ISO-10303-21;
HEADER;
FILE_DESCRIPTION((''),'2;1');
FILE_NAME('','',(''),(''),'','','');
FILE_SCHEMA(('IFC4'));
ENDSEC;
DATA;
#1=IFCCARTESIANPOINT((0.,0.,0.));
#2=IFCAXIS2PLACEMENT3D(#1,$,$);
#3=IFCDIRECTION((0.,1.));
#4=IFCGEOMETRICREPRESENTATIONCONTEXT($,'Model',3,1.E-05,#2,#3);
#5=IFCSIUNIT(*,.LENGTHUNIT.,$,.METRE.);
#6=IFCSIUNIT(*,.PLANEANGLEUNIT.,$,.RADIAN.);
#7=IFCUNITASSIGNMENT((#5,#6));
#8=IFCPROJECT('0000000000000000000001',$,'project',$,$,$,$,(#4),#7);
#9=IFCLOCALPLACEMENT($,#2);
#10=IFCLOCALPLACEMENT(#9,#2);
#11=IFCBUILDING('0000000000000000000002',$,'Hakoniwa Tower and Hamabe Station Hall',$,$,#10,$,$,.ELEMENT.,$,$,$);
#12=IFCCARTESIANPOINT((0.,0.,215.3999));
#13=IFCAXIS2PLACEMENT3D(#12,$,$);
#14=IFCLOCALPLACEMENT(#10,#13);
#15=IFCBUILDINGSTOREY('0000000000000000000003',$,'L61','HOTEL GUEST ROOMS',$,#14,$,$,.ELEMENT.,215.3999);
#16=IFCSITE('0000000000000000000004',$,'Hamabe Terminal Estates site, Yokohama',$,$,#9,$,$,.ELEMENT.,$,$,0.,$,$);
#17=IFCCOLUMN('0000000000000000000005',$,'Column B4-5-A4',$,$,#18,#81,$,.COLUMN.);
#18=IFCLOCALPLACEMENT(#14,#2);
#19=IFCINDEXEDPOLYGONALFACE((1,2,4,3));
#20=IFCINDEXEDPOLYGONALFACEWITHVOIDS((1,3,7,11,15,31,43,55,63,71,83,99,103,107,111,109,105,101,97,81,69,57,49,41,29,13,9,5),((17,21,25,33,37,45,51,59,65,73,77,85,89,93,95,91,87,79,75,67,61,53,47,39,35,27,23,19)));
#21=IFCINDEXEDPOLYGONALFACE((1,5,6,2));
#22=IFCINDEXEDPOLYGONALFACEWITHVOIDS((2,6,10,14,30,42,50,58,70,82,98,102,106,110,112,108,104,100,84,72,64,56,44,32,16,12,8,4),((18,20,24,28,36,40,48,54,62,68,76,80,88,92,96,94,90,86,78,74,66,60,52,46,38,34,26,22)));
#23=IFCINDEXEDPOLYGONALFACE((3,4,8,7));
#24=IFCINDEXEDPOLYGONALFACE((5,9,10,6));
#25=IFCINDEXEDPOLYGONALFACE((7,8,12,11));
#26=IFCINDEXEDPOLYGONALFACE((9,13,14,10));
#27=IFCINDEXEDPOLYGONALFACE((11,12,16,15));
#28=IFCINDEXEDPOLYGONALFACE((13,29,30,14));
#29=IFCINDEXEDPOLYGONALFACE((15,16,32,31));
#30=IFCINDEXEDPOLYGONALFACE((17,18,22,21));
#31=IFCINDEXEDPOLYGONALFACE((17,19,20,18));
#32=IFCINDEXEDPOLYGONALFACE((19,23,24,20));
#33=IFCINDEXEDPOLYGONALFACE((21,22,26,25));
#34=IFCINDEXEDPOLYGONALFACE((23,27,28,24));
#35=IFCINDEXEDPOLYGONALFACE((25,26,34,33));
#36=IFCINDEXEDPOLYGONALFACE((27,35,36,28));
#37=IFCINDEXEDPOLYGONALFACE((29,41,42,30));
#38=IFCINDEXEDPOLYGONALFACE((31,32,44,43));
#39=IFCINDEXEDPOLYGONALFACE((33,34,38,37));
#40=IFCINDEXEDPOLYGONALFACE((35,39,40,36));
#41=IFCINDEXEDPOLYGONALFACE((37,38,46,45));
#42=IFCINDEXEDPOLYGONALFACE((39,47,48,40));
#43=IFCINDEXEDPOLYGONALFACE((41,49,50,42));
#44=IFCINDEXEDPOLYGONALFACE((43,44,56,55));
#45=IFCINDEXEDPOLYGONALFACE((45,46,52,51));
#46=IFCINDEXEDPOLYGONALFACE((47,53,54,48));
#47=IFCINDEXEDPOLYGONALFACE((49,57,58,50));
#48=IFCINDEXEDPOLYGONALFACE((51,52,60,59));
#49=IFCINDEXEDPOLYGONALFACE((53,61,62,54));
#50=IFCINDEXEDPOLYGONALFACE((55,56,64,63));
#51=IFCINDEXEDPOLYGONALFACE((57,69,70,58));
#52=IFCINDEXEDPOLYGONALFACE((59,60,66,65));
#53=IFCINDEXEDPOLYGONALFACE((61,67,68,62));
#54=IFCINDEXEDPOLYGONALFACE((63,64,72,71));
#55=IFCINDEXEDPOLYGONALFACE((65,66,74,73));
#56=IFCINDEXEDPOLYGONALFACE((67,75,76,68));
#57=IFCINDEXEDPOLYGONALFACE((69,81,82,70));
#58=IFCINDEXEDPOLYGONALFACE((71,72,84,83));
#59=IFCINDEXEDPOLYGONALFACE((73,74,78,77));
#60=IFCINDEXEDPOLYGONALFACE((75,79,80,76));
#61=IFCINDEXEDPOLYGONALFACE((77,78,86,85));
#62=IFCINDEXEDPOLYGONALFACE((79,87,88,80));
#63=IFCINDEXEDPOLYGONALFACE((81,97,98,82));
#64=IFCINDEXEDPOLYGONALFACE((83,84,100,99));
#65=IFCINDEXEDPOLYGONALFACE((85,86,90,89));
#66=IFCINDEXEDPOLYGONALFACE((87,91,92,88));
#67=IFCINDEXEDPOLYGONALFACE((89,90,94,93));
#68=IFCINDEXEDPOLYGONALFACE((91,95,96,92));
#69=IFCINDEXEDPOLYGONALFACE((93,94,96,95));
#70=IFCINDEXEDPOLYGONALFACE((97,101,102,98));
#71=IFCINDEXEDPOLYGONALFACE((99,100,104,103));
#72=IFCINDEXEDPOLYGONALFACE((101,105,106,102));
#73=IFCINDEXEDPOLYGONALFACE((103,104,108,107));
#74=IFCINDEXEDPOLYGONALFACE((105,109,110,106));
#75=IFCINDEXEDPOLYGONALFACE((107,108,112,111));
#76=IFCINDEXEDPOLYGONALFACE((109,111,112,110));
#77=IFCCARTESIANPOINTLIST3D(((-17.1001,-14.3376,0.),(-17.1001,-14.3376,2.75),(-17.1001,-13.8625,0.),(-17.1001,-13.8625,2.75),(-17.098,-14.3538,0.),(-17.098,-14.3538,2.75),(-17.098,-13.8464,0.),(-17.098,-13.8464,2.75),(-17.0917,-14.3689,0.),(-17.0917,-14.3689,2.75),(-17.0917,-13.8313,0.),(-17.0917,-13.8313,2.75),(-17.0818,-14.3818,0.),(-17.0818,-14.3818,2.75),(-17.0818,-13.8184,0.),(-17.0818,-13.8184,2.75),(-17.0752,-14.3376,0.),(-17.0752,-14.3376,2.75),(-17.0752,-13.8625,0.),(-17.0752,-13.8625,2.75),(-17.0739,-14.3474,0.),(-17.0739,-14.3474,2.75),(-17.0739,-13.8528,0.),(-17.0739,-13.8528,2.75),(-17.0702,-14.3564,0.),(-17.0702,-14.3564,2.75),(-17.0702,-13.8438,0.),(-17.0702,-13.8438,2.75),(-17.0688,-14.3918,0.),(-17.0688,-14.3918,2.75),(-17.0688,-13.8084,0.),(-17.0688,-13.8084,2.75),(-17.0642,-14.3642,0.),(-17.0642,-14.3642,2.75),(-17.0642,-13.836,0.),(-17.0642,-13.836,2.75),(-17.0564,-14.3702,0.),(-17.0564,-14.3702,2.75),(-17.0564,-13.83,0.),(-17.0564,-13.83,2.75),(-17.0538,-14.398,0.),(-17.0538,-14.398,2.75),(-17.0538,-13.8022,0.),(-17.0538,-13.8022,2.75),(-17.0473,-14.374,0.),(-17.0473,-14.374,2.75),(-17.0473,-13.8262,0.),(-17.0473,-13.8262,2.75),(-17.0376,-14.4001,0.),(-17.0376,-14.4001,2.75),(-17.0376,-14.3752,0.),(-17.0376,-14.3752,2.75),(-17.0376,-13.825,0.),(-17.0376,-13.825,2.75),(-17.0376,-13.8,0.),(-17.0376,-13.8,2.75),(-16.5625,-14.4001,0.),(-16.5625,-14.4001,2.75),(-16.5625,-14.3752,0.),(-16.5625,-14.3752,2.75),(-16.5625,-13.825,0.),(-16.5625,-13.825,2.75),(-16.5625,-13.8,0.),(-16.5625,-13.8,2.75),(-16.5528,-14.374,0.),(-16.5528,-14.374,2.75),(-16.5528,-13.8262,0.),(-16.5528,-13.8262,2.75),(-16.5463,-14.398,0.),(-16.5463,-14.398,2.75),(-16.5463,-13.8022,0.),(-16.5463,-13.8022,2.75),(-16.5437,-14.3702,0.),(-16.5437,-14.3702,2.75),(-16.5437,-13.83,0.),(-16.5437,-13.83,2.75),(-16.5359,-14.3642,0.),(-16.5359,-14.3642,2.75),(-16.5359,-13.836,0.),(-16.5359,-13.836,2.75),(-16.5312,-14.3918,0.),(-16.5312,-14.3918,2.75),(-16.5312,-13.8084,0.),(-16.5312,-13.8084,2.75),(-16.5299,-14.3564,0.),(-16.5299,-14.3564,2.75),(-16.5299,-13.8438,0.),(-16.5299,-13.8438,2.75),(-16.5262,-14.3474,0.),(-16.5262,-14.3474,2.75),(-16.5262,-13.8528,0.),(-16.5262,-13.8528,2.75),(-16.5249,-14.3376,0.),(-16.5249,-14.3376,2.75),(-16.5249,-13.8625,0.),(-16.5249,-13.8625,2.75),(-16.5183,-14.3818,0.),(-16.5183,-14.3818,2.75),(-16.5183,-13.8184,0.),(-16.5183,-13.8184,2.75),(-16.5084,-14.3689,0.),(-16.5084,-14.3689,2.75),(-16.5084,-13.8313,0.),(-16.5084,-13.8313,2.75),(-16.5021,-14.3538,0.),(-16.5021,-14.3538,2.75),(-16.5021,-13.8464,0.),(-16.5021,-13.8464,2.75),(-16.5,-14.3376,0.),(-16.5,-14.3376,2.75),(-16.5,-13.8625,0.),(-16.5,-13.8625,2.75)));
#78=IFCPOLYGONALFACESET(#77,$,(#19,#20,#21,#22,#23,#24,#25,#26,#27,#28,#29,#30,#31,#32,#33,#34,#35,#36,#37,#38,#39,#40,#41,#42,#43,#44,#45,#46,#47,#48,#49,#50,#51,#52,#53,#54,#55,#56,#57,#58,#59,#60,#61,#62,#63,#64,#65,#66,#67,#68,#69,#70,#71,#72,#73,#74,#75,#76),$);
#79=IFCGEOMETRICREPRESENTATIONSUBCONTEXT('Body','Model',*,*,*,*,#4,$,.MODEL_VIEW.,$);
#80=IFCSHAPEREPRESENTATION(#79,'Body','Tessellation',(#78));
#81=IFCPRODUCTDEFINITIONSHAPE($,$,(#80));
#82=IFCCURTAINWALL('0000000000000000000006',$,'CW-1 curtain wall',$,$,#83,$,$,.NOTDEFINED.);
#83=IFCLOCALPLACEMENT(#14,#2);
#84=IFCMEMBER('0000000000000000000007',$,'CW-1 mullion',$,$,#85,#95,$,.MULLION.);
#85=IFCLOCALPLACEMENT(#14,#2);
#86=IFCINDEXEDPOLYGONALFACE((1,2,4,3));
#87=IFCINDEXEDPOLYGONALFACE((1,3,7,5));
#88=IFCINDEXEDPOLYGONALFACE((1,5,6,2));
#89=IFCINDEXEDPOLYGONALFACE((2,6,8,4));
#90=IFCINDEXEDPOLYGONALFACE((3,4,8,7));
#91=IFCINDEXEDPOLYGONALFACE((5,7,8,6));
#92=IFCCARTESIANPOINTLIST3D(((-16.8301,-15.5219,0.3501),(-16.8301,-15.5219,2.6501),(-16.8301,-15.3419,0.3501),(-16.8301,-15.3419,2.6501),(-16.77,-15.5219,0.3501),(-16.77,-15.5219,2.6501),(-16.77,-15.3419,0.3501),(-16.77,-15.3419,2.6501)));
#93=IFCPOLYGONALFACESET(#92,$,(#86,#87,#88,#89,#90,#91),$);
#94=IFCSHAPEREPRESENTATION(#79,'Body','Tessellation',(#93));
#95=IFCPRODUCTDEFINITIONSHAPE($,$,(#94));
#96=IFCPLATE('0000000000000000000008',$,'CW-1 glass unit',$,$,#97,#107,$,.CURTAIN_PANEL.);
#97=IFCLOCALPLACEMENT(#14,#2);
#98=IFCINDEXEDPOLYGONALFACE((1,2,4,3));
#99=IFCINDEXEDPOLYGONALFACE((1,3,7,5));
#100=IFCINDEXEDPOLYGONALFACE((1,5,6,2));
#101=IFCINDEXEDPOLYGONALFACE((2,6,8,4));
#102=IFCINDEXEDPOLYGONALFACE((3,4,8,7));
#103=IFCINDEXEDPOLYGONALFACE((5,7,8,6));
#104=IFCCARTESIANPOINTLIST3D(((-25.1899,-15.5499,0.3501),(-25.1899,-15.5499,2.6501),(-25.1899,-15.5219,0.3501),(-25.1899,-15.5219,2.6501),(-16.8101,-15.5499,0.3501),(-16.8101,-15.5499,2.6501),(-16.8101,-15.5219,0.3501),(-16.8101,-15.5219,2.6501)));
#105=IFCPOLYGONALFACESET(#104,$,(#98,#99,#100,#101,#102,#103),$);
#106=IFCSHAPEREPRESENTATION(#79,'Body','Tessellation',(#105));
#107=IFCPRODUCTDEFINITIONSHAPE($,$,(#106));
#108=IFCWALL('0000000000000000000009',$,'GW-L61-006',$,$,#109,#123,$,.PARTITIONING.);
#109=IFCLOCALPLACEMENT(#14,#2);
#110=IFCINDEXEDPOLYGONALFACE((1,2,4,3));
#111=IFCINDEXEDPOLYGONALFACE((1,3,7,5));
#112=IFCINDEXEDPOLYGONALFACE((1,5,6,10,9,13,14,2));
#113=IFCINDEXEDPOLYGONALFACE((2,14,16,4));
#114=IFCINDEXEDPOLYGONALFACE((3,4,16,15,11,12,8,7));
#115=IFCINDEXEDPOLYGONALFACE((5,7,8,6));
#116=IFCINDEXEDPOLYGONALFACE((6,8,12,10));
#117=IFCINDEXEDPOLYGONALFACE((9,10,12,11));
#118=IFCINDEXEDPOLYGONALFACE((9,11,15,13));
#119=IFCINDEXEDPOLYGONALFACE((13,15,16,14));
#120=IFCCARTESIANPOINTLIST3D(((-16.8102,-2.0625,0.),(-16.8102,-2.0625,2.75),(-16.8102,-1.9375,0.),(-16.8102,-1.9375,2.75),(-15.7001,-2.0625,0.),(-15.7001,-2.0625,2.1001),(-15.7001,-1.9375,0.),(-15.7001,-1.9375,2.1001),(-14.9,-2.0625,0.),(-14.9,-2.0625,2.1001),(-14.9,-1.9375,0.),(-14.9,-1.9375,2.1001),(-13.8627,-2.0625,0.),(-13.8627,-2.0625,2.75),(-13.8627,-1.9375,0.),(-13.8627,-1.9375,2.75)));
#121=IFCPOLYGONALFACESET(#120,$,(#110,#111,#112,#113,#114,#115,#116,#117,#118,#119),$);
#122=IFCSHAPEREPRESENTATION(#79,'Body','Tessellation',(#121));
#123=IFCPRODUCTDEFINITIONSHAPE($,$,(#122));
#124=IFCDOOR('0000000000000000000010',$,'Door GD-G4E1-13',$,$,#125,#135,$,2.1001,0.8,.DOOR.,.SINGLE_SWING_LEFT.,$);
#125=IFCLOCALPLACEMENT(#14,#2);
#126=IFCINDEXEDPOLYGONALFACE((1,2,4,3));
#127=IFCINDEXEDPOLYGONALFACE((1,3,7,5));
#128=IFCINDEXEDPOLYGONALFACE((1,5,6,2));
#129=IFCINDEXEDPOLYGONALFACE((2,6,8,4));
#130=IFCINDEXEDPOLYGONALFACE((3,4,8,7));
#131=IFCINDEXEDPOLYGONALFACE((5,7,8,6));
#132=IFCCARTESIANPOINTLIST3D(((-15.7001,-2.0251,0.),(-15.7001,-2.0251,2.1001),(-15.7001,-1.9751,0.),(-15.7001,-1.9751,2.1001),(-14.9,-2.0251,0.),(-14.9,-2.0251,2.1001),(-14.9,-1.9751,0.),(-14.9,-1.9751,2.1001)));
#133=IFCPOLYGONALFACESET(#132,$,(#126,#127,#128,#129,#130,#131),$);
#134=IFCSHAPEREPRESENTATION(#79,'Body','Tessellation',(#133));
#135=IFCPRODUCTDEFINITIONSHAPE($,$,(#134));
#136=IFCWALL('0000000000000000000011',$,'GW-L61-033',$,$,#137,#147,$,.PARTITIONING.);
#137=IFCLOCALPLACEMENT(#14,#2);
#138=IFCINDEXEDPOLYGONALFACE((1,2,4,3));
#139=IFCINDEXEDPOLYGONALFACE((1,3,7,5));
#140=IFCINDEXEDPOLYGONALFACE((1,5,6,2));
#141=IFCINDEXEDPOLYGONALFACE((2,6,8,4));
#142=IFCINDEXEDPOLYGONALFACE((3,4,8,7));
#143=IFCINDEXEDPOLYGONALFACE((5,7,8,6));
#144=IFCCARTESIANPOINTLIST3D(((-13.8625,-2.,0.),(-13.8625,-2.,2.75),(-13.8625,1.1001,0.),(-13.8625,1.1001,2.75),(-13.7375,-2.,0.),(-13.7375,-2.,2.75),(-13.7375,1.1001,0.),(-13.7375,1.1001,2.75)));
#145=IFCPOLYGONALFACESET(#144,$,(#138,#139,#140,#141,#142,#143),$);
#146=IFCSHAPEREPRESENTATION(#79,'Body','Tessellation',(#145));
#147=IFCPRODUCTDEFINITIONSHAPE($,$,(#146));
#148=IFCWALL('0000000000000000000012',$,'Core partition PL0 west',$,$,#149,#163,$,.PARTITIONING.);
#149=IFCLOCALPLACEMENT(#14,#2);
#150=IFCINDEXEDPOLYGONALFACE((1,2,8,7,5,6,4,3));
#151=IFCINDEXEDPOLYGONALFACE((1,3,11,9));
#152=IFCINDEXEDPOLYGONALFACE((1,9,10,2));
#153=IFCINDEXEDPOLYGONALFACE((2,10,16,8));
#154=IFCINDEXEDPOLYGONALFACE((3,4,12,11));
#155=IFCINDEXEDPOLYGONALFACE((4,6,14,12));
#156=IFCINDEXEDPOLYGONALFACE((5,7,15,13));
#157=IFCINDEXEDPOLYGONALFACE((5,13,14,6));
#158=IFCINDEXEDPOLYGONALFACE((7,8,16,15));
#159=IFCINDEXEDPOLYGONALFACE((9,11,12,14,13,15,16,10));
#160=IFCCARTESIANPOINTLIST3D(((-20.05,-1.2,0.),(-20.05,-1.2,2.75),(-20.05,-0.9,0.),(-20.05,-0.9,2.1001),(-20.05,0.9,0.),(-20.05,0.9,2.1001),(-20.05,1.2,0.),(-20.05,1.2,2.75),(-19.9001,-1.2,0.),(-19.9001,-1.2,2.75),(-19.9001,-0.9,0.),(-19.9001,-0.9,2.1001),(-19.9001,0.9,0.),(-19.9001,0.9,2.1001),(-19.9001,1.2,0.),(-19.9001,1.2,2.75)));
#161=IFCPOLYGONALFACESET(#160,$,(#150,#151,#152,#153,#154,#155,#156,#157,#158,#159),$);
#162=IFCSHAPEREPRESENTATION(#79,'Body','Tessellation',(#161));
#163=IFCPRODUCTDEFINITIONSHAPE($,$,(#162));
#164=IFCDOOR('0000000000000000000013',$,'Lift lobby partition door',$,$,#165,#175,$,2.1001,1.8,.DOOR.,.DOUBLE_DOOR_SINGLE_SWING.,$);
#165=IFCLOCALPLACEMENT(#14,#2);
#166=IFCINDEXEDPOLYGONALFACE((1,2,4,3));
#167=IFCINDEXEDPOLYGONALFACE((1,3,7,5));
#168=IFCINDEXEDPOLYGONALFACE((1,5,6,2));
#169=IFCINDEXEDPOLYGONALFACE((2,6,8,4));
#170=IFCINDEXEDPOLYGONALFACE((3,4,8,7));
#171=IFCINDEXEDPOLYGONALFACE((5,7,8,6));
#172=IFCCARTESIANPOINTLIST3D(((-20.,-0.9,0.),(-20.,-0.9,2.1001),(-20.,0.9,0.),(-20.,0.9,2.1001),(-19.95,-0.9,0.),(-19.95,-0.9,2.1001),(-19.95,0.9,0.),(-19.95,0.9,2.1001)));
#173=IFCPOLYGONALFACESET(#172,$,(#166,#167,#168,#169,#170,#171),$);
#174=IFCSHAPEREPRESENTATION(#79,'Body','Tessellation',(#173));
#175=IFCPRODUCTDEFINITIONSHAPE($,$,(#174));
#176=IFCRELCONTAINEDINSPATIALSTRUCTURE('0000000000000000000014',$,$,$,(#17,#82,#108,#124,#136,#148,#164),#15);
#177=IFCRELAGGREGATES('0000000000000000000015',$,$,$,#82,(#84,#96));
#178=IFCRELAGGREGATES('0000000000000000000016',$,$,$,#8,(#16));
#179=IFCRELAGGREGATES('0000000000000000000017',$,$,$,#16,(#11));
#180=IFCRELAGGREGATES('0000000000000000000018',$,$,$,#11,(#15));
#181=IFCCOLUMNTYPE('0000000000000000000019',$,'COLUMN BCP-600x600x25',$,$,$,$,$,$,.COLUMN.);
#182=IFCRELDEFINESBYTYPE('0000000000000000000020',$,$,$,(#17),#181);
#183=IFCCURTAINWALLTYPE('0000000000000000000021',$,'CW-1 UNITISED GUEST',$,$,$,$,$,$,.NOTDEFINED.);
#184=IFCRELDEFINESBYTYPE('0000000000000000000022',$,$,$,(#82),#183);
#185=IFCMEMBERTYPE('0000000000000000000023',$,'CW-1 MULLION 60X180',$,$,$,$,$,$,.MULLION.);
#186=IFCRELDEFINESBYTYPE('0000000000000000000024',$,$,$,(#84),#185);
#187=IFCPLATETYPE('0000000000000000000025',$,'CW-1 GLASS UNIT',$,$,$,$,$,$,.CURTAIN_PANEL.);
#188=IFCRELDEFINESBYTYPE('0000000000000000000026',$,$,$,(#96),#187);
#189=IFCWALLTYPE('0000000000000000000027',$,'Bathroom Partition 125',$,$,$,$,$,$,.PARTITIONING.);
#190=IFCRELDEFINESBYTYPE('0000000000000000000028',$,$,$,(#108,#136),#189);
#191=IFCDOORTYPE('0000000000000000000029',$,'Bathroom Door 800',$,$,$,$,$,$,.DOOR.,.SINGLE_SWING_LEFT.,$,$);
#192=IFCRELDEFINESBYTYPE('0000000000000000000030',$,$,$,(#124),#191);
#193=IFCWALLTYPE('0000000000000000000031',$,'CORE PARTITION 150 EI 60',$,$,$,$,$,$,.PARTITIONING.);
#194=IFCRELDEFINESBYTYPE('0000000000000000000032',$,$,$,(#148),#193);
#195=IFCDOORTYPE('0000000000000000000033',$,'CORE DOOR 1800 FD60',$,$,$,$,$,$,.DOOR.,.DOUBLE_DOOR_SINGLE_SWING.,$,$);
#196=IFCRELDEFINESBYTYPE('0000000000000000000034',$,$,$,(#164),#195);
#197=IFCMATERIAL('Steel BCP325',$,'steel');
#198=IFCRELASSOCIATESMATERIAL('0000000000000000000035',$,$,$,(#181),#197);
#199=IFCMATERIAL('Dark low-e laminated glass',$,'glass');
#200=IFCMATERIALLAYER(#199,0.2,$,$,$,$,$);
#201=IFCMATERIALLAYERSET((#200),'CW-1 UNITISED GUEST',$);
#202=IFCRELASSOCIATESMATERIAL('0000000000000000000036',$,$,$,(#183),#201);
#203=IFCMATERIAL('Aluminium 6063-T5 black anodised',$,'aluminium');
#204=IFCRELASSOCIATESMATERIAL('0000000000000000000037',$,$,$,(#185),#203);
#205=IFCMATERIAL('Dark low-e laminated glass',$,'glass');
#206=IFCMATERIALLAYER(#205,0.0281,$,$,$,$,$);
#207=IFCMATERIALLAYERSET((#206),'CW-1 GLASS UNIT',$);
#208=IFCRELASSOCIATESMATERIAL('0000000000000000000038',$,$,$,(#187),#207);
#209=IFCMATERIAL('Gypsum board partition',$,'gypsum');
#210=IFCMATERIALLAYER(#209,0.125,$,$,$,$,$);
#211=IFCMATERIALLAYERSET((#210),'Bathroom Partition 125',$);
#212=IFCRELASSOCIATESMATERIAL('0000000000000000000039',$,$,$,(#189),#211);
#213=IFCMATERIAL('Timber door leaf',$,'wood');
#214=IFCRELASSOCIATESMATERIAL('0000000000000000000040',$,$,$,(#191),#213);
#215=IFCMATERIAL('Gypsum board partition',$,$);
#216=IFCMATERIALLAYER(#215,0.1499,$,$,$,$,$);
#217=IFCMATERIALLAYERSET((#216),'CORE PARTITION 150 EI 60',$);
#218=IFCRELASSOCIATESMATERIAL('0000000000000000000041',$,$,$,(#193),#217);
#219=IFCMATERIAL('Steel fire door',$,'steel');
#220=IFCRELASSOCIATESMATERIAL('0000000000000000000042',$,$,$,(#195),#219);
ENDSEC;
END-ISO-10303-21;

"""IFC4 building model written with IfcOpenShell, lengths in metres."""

from ifc_helpers import new_model, si_unit, direction, frame, frame_2d, origin, origin_2d, place, context, subcontext, project, spatial, rectangle, hollow_rectangle, extrude, material, layer, layer_set, material_profile, profile_set, type_object, element, fill, aggregate, save


model = new_model("IFC4")

# Units and contexts
model_context = context("Model", 3, precision=1e-05, world=origin(), true_north=direction((0.0, 1.0)))
body_context = subcontext(model_context, "Body", "Model", "MODEL_VIEW")
ifc_project = project(units=[si_unit("LENGTHUNIT", "METRE"), si_unit("PLANEANGLEUNIT", "RADIAN")], contexts=[model_context])

# Site, building, storey
site_placement = place(None, origin())
site = spatial("IfcSite", under=ifc_project, at=site_placement, Name="Hamabe Terminal Estates site, Yokohama", CompositionType="ELEMENT", RefElevation=0.0)
building_placement = place(site_placement, origin())
building = spatial("IfcBuilding", under=site, at=building_placement, Name="Hakoniwa Tower and Hamabe Station Hall", CompositionType="ELEMENT")
storey_placement = place(building_placement, frame((0.0, 0.0, 215.3999)))
storey = spatial("IfcBuildingStorey", under=building, at=storey_placement, Name="L61", Description="HOTEL GUEST ROOMS", CompositionType="ELEMENT", Elevation=215.3999)

# Column
ifc_material_1 = material(Name="Steel BCP325", Category="steel")
ifc_material_profile_1 = material_profile(ifc_material_1, hollow_rectangle(XDim=0.6001, YDim=0.6001, WallThickness=0.0249, InnerFilletRadius=0.0376, OuterFilletRadius=0.0625, at=origin_2d()), Name="BCP-600x600x25")
ifc_profile_set_1 = profile_set([ifc_material_profile_1], Name="Steel BCP325")
column_type = type_object("IfcColumnType", Name="COLUMN BCP-600x600x25", PredefinedType="COLUMN", material=ifc_profile_set_1)
column_placement = place(storey_placement, frame((-16.8, -14.1001, 0.0), z_axis=(0.0, 0.0, 1.0), x_axis=(1.0, 0.0, 0.0)))
element("IfcColumn", 1, at=column_placement, inside=storey, type_object=column_type, Name="Column B4-5-A4", PredefinedType="COLUMN", context=body_context, shape_type="SweptSolid", body=[
    extrude(hollow_rectangle(XDim=0.6001, YDim=0.6001, WallThickness=0.0249, InnerFilletRadius=0.0376, OuterFilletRadius=0.0625, at=origin_2d()), origin(), (0.0, 0.0, 1.0), 2.75),
])

# Curtain wall, member, plate
ifc_material_2 = material(Name="Dark low-e laminated glass", Category="glass")
ifc_layer_1 = layer(ifc_material_2, 0.2)
ifc_layer_set_1 = layer_set([ifc_layer_1], Name="CW-1 UNITISED GUEST")
curtain_wall_type = type_object("IfcCurtainWallType", Name="CW-1 UNITISED GUEST", PredefinedType="NOTDEFINED", material=ifc_layer_set_1)
curtain_wall_placement = place(storey_placement, origin())
curtain_wall = element("IfcCurtainWall", 2, at=curtain_wall_placement, inside=storey, type_object=curtain_wall_type, Name="CW-1 curtain wall", PredefinedType="NOTDEFINED")
ifc_material_3 = material(Name="Aluminium 6063-T5 black anodised", Category="aluminium")
ifc_material_profile_2 = material_profile(ifc_material_3, rectangle(XDim=0.0601, YDim=0.1799, at=origin_2d()), Name="CW-1 MULLION 60X180")
ifc_profile_set_2 = profile_set([ifc_material_profile_2], Name="Aluminium 6063-T5 black anodised")
member_type = type_object("IfcMemberType", Name="CW-1 MULLION 60X180", PredefinedType="MULLION", material=ifc_profile_set_2)
member_placement = place(storey_placement, frame((-16.8, -15.4319, 0.3501), z_axis=(0.0, 0.0, 1.0), x_axis=(1.0, 0.0, 0.0)))
member = element("IfcMember", 3, at=member_placement, type_object=member_type, Name="CW-1 mullion", PredefinedType="MULLION", context=body_context, shape_type="SweptSolid", body=[
    extrude(rectangle(XDim=0.0601, YDim=0.1799, at=origin_2d()), origin(), (0.0, 0.0, 1.0), 2.3),
])
ifc_material_4 = material(Name="Dark low-e laminated glass", Category="glass")
ifc_layer_2 = layer(ifc_material_4, 0.0281)
ifc_layer_set_2 = layer_set([ifc_layer_2], Name="CW-1 GLASS UNIT")
plate_type = type_object("IfcPlateType", Name="CW-1 GLASS UNIT", PredefinedType="CURTAIN_PANEL", material=ifc_layer_set_2)
plate_placement = place(storey_placement, frame((-21.0, -15.5359, 0.3501), z_axis=(0.0, 0.0, 1.0), x_axis=(1.0, 0.0, 0.0)))
plate = element("IfcPlate", 4, at=plate_placement, type_object=plate_type, Name="CW-1 glass unit", PredefinedType="CURTAIN_PANEL", context=body_context, shape_type="SweptSolid", body=[
    extrude(rectangle(XDim=8.3799, YDim=0.0281, at=origin_2d()), origin(), (0.0, 0.0, 1.0), 2.3),
])
aggregate(curtain_wall, [member, plate])

# Wall, opening, door
ifc_material_5 = material(Name="Gypsum board partition", Category="gypsum")
ifc_layer_3 = layer(ifc_material_5, 0.125)
ifc_layer_set_3 = layer_set([ifc_layer_3], Name="Bathroom Partition 125")
wall_type_1 = type_object("IfcWallType", Name="Bathroom Partition 125", PredefinedType="PARTITIONING", material=ifc_layer_set_3)
wall_1_placement = place(storey_placement, frame((-16.8101, -2.0, 0.0), z_axis=(0.0, 0.0, 1.0), x_axis=(1.0, 0.0, 0.0)))
wall_1 = element("IfcWall", 5, at=wall_1_placement, inside=storey, type_object=wall_type_1, Name="GW-L61-006", PredefinedType="PARTITIONING", context=body_context, shape_type="SweptSolid", body=[
    extrude(rectangle(XDim=2.9475, YDim=0.125, at=frame_2d((1.4736, 0.0))), origin(), (0.0, 0.0, 1.0), 2.75),
])
opening_1_placement = place(wall_1_placement, frame((1.1101, 0.0, 0.0)))
opening_1 = element("IfcOpeningElement", 6, at=opening_1_placement, cuts=wall_1, PredefinedType="OPENING", context=body_context, shape_type="SweptSolid", body=[
    extrude(rectangle(XDim=0.8, YDim=2.1001, at=frame_2d((0.3999, 1.05))), frame((0.0, 0.0725, 0.0), z_axis=(0.0, -1.0, 0.0), x_axis=(1.0, 0.0, 0.0)), (0.0, 0.0, 1.0), 0.145),
])
ifc_material_6 = material(Name="Timber door leaf", Category="wood")
door_type_1 = type_object("IfcDoorType", Name="Bathroom Door 800", OperationType="SINGLE_SWING_LEFT", PredefinedType="DOOR", material=ifc_material_6)
door_1_placement = place(opening_1_placement, origin())
door_1 = element("IfcDoor", 7, at=door_1_placement, inside=storey, type_object=door_type_1, Name="Door GD-G4E1-13", OperationType="SINGLE_SWING_LEFT", OverallHeight=2.1001, OverallWidth=0.8, PredefinedType="DOOR", context=body_context, shape_type="SweptSolid", body=[
    extrude(rectangle(XDim=0.8, YDim=2.1001, at=frame_2d((0.3999, 1.05))), frame((0.0, 0.0249, 0.0), z_axis=(0.0, -1.0, 0.0), x_axis=(1.0, 0.0, 0.0)), (0.0, 0.0, 1.0), 0.05),
])
fill(opening_1, door_1)

# Wall
wall_2_placement = place(storey_placement, frame((-13.8, -2.0, 0.0), z_axis=(0.0, 0.0, 1.0), x_axis=(0.0, 1.0, 0.0)))
element("IfcWall", 8, at=wall_2_placement, inside=storey, type_object=wall_type_1, Name="GW-L61-033", PredefinedType="PARTITIONING", context=body_context, shape_type="SweptSolid", body=[
    extrude(rectangle(XDim=3.1001, YDim=0.125, at=frame_2d((1.55, 0.0))), origin(), (0.0, 0.0, 1.0), 2.75),
])

# Wall, opening, door
ifc_material_7 = material(Name="Gypsum board partition")
ifc_layer_4 = layer(ifc_material_7, 0.1499)
ifc_layer_set_4 = layer_set([ifc_layer_4], Name="CORE PARTITION 150 EI 60")
wall_type_2 = type_object("IfcWallType", Name="CORE PARTITION 150 EI 60", PredefinedType="PARTITIONING", material=ifc_layer_set_4)
wall_3_placement = place(storey_placement, frame((-19.9751, -1.2, 0.0), z_axis=(0.0, 0.0, 1.0), x_axis=(0.0, 1.0, 0.0)))
wall_3 = element("IfcWall", 9, at=wall_3_placement, inside=storey, type_object=wall_type_2, Name="Core partition PL0 west", PredefinedType="PARTITIONING", context=body_context, shape_type="SweptSolid", body=[
    extrude(rectangle(XDim=2.3999, YDim=0.1499, at=frame_2d((1.2, 0.0))), origin(), (0.0, 0.0, 1.0), 2.75),
])
opening_2_placement = place(wall_3_placement, frame((0.3, 0.0, 0.0)))
opening_2 = element("IfcOpeningElement", 10, at=opening_2_placement, cuts=wall_3, PredefinedType="OPENING", context=body_context, shape_type="SweptSolid", body=[
    extrude(rectangle(XDim=1.8, YDim=2.1001, at=frame_2d((0.8999, 1.05))), frame((0.0, 0.085, 0.0), z_axis=(0.0, -1.0, 0.0), x_axis=(1.0, 0.0, 0.0)), (0.0, 0.0, 1.0), 0.1699),
])
ifc_material_8 = material(Name="Steel fire door", Category="steel")
door_type_2 = type_object("IfcDoorType", Name="CORE DOOR 1800 FD60", OperationType="DOUBLE_DOOR_SINGLE_SWING", PredefinedType="DOOR", material=ifc_material_8)
door_2_placement = place(opening_2_placement, origin())
door_2 = element("IfcDoor", 11, at=door_2_placement, inside=storey, type_object=door_type_2, Name="Lift lobby partition door", OperationType="DOUBLE_DOOR_SINGLE_SWING", OverallHeight=2.1001, OverallWidth=1.8, PredefinedType="DOOR", context=body_context, shape_type="SweptSolid", body=[
    extrude(rectangle(XDim=1.8, YDim=2.1001, at=frame_2d((0.8999, 1.05))), frame((0.0, 0.0249, 0.0), z_axis=(0.0, -1.0, 0.0), x_axis=(1.0, 0.0, 0.0)), (0.0, 0.0, 1.0), 0.05),
])
fill(opening_2, door_2)

save(model, "model.ifc")
